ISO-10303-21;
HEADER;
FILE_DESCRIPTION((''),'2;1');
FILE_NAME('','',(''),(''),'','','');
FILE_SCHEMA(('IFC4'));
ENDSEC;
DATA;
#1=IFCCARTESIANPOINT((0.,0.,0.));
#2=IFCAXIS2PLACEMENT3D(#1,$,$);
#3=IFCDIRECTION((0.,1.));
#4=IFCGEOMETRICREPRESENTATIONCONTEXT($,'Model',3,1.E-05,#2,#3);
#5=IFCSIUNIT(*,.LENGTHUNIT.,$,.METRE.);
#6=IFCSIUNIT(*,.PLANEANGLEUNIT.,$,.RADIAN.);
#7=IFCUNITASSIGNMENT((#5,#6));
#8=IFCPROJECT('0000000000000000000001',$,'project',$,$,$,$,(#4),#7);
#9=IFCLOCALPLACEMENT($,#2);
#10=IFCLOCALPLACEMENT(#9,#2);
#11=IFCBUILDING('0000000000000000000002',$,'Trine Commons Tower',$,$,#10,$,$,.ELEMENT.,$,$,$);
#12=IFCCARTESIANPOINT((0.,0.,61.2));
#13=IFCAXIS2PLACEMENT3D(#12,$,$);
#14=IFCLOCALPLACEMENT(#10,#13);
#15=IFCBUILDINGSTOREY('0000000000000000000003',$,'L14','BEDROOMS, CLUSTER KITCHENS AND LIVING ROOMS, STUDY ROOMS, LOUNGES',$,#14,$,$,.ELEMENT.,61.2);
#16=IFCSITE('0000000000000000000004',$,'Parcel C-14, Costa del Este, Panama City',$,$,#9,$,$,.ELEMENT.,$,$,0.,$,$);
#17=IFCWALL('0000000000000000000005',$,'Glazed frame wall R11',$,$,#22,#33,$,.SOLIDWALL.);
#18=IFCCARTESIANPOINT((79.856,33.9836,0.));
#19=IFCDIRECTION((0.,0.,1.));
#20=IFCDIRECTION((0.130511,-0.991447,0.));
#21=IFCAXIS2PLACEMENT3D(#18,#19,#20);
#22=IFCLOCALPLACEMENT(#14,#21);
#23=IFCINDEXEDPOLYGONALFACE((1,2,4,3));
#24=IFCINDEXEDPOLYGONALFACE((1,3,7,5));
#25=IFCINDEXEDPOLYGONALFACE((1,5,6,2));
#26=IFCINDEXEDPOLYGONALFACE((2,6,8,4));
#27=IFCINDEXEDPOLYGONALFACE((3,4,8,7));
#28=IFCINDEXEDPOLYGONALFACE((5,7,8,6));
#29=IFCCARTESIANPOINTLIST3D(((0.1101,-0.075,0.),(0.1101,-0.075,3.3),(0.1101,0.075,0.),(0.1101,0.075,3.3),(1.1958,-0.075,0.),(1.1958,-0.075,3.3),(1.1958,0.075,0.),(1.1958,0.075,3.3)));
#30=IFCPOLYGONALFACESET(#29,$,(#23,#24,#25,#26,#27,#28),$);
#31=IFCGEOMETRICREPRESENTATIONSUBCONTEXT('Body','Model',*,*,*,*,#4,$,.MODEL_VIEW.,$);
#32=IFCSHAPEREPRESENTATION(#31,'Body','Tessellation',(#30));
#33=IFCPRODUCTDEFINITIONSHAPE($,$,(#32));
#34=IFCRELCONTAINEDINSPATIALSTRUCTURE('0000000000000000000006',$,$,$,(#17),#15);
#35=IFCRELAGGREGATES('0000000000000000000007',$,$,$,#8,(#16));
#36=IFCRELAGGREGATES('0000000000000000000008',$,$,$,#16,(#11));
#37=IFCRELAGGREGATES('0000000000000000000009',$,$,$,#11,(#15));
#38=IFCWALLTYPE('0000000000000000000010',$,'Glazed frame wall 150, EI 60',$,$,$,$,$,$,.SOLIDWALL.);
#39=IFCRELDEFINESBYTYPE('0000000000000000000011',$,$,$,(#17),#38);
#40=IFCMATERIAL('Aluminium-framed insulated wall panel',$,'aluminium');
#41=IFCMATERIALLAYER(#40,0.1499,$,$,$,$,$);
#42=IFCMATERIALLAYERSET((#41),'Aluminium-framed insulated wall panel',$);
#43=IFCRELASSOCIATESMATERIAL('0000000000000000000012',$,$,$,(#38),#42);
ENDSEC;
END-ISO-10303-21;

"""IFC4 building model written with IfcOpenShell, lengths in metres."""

from ifc_helpers import new_model, si_unit, direction, frame, origin, place, context, subcontext, project, spatial, polyline, outline, extrude, material, layer, layer_set, type_object, element, save


model = new_model("IFC4")

# Units and contexts
model_context = context("Model", 3, precision=1e-05, world=origin(), true_north=direction((0.0, 1.0)))
body_context = subcontext(model_context, "Body", "Model", "MODEL_VIEW")
ifc_project = project(units=[si_unit("LENGTHUNIT", "METRE"), si_unit("PLANEANGLEUNIT", "RADIAN")], contexts=[model_context])

# Site, building, storey
site_placement = place(None, origin())
site = spatial("IfcSite", under=ifc_project, at=site_placement, Name="Parcel C-14, Costa del Este, Panama City", CompositionType="ELEMENT", RefElevation=0.0)
building_placement = place(site_placement, origin())
building = spatial("IfcBuilding", under=site, at=building_placement, Name="Trine Commons Tower", CompositionType="ELEMENT")
storey_placement = place(building_placement, frame((0.0, 0.0, 61.2)))
storey = spatial("IfcBuildingStorey", under=building, at=storey_placement, Name="L14", Description="BEDROOMS, CLUSTER KITCHENS AND LIVING ROOMS, STUDY ROOMS, LOUNGES", CompositionType="ELEMENT", Elevation=61.2)

# Shared definitions
ifc_material_1 = material(Name="Aluminium-framed insulated wall panel", Category="aluminium")
ifc_layer_1 = layer(ifc_material_1, 0.1499)
ifc_layer_set_1 = layer_set([ifc_layer_1], Name="Aluminium-framed insulated wall panel")
wall_type_1 = type_object("IfcWallType", Name="Glazed frame wall 150, EI 60", PredefinedType="SOLIDWALL", material=ifc_layer_set_1)

# Wall
wall_1_placement = place(storey_placement, frame((79.856, 33.9836, 0.0), z_axis=(0.0, 0.0, 1.0), x_axis=(0.130511, -0.991447, 0.0)))
element("IfcWall", 1, at=wall_1_placement, inside=storey, type_object=wall_type_1, Name="Glazed frame wall R11", PredefinedType="SOLIDWALL", context=body_context, shape_type="SweptSolid", body=[
    extrude(outline(polyline([(0.1101, 0.075), (0.1101, -0.075), (1.1958, -0.075), (1.1958, 0.075), (0.1101, 0.075)])), origin(), (0.0, 0.0, 1.0), 3.3),
])

save(model, "model.ifc")
